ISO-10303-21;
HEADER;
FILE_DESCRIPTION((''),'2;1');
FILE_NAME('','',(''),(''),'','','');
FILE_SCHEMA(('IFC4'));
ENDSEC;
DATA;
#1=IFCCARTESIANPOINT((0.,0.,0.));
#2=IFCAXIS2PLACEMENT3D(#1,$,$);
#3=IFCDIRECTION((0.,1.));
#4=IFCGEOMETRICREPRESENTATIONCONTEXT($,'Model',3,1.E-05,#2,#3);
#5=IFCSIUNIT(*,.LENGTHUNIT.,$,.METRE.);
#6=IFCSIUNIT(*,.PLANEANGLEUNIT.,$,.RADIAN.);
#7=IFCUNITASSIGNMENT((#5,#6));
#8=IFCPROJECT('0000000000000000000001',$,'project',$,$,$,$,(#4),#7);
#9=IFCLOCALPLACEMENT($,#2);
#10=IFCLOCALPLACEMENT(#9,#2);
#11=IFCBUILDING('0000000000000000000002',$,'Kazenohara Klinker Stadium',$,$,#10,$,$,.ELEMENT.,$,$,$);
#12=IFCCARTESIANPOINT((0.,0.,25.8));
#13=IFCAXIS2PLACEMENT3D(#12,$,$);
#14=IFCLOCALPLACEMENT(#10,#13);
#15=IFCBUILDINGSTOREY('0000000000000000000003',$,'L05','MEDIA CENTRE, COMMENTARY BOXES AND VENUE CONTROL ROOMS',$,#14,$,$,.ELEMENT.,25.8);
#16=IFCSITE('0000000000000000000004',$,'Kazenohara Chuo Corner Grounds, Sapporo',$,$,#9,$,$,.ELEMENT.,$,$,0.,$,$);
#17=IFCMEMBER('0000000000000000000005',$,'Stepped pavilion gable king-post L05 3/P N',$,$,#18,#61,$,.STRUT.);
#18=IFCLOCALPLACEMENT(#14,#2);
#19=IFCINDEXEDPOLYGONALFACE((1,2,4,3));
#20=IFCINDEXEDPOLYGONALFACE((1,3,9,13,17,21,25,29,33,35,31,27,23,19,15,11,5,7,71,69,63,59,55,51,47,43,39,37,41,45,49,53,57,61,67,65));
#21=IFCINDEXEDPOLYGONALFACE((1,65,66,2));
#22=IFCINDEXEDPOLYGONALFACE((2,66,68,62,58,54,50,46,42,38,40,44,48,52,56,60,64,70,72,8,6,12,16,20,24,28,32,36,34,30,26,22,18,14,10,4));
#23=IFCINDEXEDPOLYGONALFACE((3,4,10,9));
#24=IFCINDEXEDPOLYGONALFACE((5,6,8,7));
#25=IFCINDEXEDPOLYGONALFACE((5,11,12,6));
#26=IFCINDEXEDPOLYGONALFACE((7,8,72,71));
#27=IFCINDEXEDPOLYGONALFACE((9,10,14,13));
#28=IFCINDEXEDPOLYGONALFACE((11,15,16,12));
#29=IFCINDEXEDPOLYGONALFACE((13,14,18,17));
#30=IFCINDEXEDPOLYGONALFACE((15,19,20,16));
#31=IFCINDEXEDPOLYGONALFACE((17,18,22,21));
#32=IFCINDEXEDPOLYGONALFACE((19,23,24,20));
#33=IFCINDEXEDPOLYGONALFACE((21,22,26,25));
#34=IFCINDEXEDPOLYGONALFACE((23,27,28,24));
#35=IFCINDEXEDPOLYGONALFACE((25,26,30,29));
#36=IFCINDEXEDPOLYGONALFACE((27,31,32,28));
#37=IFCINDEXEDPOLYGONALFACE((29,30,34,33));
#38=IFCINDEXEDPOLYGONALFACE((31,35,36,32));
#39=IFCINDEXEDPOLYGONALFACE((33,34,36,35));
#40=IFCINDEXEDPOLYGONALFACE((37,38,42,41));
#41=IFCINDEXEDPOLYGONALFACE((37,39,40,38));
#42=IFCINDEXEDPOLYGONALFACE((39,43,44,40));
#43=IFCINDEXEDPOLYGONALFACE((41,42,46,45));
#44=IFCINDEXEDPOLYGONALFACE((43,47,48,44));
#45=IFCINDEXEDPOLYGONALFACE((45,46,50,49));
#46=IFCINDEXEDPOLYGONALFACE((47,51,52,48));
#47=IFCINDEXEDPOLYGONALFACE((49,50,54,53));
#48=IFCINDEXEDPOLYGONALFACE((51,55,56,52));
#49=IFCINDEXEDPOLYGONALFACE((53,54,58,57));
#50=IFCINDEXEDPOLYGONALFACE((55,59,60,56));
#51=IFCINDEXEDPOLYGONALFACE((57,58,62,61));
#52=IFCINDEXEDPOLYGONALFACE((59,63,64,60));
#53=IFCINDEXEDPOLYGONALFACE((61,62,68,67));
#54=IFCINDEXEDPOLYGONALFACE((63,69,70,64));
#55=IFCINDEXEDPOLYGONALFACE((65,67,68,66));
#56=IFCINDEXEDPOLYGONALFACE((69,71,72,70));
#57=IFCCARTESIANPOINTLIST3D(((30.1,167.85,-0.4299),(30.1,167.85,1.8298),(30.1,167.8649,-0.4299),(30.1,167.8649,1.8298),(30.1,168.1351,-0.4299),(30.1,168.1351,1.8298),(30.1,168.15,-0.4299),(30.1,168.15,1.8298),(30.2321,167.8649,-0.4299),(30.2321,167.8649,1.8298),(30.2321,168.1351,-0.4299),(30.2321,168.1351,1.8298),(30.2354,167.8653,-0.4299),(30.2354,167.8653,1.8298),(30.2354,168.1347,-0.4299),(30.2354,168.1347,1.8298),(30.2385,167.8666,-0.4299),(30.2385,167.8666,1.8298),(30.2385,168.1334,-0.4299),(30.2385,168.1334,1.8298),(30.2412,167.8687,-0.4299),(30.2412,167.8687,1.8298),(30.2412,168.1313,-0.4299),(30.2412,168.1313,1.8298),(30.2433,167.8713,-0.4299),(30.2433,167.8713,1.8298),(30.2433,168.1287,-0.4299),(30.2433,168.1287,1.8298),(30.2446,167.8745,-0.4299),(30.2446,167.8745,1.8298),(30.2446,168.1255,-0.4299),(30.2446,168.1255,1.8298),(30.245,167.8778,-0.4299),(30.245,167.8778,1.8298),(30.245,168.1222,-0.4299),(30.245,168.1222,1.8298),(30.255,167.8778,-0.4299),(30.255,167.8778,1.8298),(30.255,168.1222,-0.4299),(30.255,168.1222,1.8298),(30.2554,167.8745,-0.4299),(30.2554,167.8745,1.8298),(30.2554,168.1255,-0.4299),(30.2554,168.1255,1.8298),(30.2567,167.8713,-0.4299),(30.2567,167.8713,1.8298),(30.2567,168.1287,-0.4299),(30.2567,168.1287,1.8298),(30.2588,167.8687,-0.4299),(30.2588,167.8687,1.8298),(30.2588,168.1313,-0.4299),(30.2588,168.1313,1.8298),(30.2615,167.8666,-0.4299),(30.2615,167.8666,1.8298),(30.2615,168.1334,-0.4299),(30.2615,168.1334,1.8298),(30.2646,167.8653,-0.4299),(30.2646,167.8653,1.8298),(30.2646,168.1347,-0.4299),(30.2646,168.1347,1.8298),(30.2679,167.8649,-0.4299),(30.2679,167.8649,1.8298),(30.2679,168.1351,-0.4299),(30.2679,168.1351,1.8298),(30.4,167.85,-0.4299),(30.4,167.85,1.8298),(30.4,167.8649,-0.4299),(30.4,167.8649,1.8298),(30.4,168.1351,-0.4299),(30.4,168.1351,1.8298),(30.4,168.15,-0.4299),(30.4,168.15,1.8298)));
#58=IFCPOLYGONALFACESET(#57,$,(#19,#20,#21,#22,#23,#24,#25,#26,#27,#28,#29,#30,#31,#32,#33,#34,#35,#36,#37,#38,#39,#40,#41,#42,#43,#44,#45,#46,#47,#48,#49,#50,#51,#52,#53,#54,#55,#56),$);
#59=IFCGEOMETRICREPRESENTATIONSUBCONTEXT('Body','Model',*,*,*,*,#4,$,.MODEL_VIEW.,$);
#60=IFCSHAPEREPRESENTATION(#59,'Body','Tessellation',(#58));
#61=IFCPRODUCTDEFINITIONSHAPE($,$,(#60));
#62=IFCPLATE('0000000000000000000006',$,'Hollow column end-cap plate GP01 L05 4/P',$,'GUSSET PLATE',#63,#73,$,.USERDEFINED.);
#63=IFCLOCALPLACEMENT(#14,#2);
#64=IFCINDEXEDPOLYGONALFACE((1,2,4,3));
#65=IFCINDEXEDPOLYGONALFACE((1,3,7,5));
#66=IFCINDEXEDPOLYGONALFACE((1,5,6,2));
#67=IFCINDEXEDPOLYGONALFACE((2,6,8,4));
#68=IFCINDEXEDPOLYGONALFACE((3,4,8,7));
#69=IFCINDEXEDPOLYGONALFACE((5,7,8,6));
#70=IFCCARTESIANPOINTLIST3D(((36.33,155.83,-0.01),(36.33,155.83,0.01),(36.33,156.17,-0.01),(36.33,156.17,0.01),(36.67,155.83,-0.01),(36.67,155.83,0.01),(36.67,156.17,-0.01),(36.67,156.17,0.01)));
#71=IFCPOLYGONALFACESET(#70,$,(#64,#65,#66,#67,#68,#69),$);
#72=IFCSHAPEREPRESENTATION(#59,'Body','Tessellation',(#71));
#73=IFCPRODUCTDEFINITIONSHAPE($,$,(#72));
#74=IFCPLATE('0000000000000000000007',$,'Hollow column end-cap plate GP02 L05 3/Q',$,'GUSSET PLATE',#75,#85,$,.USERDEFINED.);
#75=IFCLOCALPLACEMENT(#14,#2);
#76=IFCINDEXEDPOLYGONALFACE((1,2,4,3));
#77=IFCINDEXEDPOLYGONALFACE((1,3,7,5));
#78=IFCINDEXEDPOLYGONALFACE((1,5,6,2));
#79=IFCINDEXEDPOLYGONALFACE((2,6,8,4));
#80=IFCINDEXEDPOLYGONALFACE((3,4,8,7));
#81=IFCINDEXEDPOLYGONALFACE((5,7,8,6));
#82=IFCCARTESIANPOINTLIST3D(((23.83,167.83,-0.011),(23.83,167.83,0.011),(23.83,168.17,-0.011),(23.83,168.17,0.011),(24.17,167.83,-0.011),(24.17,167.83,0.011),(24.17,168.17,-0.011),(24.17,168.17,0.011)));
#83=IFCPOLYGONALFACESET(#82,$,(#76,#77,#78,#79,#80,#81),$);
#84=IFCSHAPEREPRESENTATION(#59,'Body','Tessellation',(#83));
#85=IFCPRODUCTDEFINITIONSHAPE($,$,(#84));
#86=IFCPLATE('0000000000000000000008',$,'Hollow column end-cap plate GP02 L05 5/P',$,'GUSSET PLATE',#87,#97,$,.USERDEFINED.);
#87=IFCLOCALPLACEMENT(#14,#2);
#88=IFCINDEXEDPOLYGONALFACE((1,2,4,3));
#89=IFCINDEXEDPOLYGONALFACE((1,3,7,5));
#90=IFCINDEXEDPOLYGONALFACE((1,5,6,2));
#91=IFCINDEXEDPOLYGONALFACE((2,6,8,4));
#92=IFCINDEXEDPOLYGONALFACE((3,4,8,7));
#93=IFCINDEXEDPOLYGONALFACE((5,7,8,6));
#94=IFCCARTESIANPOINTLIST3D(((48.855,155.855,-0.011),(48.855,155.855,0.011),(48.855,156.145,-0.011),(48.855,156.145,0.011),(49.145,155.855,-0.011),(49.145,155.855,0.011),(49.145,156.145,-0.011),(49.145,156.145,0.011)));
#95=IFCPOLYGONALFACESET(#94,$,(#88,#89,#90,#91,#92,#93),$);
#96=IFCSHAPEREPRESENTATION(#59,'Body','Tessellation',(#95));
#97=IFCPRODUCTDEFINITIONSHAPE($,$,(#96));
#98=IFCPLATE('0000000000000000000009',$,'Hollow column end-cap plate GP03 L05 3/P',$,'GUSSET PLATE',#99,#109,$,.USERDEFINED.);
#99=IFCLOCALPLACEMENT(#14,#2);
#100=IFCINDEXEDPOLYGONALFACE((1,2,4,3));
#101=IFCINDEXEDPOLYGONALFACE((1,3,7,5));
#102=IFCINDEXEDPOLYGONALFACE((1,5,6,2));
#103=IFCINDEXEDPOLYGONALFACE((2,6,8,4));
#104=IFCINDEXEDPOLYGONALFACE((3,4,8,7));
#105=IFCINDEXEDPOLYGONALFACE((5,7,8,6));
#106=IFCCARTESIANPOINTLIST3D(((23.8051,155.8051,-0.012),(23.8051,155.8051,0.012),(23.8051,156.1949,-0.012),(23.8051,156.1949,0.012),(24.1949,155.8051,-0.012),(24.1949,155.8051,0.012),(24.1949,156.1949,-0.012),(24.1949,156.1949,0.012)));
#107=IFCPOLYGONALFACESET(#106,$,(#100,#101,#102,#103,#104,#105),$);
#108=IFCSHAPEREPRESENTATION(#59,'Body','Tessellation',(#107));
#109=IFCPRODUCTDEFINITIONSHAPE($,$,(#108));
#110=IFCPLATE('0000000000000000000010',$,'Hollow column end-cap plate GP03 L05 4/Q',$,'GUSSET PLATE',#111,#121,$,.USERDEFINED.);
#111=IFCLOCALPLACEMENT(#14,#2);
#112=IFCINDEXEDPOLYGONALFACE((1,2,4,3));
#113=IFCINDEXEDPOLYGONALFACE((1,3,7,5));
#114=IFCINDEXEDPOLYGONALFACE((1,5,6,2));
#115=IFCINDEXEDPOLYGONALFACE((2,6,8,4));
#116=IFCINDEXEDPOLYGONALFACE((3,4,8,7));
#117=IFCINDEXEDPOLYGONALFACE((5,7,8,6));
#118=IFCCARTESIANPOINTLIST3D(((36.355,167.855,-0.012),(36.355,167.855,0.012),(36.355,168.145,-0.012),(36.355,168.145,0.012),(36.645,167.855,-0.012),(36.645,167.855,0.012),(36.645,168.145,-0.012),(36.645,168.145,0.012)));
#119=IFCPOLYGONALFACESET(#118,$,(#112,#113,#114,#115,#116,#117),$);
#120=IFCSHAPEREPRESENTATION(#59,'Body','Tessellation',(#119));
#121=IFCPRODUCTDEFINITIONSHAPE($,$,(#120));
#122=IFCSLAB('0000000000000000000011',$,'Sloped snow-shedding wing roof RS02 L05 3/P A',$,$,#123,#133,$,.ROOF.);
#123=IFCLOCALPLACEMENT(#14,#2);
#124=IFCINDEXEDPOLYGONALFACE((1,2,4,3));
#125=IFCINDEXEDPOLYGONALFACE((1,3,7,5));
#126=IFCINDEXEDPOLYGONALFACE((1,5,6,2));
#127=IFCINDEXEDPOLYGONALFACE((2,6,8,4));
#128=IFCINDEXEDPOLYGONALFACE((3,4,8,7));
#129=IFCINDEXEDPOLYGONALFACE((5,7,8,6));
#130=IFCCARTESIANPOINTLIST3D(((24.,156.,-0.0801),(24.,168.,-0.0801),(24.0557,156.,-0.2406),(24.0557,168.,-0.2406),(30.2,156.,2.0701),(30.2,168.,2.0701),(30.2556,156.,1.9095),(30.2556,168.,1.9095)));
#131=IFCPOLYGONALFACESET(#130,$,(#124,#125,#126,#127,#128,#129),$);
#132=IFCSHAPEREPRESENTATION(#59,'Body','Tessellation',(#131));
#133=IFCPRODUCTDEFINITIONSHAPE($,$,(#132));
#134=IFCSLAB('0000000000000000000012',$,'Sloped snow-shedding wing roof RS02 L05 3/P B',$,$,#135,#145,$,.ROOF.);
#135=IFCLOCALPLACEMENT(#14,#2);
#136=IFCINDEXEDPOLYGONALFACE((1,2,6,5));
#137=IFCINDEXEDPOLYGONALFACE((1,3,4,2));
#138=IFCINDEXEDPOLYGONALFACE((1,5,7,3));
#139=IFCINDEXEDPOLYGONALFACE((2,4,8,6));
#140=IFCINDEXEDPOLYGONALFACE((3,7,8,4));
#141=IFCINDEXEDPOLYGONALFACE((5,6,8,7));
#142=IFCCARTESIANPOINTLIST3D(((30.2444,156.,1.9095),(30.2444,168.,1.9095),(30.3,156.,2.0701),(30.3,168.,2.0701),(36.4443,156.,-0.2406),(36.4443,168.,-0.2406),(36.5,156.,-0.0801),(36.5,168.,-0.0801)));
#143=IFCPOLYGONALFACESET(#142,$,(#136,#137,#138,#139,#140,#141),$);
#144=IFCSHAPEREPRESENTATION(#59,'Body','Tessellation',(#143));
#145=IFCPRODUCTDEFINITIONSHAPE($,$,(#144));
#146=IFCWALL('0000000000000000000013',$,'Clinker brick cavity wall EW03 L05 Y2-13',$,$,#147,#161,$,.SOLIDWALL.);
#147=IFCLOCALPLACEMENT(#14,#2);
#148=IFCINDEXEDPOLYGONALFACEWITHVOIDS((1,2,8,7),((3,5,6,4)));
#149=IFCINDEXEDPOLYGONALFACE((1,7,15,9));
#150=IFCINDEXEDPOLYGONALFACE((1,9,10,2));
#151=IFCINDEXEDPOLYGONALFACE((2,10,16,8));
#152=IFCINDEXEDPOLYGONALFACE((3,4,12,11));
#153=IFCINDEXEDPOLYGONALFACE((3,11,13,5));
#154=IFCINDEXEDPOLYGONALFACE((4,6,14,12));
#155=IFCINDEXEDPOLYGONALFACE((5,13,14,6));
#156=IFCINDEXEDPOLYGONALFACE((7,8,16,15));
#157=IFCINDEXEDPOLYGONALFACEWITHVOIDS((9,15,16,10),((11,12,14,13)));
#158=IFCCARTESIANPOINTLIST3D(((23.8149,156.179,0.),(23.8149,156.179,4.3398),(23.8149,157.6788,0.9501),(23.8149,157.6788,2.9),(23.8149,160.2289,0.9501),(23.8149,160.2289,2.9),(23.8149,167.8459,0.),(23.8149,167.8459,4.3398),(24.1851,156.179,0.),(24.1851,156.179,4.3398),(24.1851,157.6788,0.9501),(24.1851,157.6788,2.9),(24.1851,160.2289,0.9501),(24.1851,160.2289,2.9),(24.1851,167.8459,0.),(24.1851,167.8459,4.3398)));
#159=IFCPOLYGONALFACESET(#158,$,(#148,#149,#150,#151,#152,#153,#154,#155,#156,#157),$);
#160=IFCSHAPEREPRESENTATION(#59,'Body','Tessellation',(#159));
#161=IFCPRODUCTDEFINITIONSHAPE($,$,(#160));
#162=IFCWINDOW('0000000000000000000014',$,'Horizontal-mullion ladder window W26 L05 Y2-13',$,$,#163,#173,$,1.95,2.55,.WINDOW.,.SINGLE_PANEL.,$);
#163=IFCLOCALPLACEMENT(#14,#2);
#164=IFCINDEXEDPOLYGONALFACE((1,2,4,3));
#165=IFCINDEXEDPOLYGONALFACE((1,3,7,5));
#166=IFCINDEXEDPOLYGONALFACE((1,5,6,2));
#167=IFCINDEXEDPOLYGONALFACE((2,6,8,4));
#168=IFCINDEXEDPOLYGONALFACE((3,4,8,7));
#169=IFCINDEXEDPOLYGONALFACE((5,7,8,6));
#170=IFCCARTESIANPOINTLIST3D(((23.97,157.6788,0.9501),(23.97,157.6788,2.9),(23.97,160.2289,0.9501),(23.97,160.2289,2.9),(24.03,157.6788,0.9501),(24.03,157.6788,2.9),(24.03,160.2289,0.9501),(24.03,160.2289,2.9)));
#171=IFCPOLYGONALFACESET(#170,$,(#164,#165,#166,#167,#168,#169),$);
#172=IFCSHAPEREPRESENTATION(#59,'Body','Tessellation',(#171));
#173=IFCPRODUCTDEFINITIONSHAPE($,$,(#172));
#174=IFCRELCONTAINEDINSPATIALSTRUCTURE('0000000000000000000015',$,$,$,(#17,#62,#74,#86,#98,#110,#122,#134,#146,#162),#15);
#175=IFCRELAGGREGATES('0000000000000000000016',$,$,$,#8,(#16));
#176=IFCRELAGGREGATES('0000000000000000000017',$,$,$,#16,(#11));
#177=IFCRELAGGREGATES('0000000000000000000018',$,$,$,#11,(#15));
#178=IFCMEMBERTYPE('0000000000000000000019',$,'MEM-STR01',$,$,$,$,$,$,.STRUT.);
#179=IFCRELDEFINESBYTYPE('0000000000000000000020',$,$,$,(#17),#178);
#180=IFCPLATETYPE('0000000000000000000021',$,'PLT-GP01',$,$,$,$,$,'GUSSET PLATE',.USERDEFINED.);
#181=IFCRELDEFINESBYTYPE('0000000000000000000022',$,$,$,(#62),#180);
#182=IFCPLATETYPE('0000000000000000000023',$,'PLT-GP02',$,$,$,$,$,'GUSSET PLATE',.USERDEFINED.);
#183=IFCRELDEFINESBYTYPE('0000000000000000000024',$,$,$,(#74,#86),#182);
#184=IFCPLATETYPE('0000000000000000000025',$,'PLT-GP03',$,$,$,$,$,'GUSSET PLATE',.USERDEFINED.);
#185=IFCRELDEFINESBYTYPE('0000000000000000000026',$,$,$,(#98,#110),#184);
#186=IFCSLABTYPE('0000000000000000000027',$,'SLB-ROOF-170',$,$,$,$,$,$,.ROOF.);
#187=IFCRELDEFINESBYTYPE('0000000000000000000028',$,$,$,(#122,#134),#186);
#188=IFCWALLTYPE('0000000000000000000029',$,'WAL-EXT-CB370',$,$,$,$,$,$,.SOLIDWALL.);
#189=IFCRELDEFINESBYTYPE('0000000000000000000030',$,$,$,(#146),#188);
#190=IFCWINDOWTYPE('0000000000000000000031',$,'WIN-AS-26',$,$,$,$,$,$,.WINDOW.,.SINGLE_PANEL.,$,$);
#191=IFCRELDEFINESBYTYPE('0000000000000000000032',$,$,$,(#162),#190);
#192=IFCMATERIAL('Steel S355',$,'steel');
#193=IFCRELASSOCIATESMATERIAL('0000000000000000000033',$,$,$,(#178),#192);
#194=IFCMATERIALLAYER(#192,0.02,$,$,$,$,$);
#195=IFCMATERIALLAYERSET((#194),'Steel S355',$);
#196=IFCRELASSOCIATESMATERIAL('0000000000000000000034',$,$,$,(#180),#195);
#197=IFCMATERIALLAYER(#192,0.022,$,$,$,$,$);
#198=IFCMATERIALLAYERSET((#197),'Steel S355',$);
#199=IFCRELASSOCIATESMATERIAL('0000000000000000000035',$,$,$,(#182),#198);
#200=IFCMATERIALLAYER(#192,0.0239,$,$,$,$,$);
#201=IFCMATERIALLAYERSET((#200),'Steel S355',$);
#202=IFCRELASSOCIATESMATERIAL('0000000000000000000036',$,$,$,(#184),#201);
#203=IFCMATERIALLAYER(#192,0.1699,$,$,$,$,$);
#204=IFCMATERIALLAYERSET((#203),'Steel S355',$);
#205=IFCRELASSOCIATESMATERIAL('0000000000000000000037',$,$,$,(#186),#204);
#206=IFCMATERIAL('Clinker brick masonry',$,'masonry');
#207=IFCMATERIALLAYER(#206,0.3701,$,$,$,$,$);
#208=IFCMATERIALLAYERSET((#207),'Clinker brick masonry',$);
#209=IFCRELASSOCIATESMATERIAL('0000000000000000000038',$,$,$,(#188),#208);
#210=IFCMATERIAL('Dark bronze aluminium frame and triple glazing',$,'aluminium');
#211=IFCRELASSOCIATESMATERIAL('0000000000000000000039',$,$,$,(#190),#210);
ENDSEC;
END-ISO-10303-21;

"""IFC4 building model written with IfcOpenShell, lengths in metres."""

from ifc_helpers import new_model, si_unit, direction, frame, frame_2d, origin, origin_2d, place, context, subcontext, project, spatial, polyline, rectangle, i_section, outline, extrude, material, layer, layer_set, material_profile, profile_set, type_object, element, fill, save


model = new_model("IFC4")

# Units and contexts
model_context = context("Model", 3, precision=1e-05, world=origin(), true_north=direction((0.0, 1.0)))
body_context = subcontext(model_context, "Body", "Model", "MODEL_VIEW")
ifc_project = project(units=[si_unit("LENGTHUNIT", "METRE"), si_unit("PLANEANGLEUNIT", "RADIAN")], contexts=[model_context])

# Site, building, storey
site_placement = place(None, origin())
site = spatial("IfcSite", under=ifc_project, at=site_placement, Name="Kazenohara Chuo Corner Grounds, Sapporo", CompositionType="ELEMENT", RefElevation=0.0)
building_placement = place(site_placement, origin())
building = spatial("IfcBuilding", under=site, at=building_placement, Name="Kazenohara Klinker Stadium", CompositionType="ELEMENT")
storey_placement = place(building_placement, frame((0.0, 0.0, 25.8)))
storey = spatial("IfcBuildingStorey", under=building, at=storey_placement, Name="L05", Description="MEDIA CENTRE, COMMENTARY BOXES AND VENUE CONTROL ROOMS", CompositionType="ELEMENT", Elevation=25.8)

# Shared definitions
ifc_material_1 = material(Name="Steel S355", Category="steel")

# Member
ifc_material_profile_1 = material_profile(ifc_material_1, i_section(OverallWidth=0.3, OverallDepth=0.3, WebThickness=0.01, FlangeThickness=0.0149, FilletRadius=0.0129, at=origin_2d()), Name="H-300x300x10x15")
ifc_profile_set_1 = profile_set([ifc_material_profile_1], Name="Steel S355")
member_type_1 = type_object("IfcMemberType", Name="MEM-STR01", PredefinedType="STRUT", material=ifc_profile_set_1)
member_1_placement = place(storey_placement, frame((30.25, 168.0, -0.4299), z_axis=(0.0, 0.0, 1.0), x_axis=(1.0, 0.0, 0.0)))
element("IfcMember", 1, at=member_1_placement, inside=storey, type_object=member_type_1, Name="Stepped pavilion gable king-post L05 3/P N", PredefinedType="STRUT", context=body_context, shape_type="SweptSolid", body=[
    extrude(i_section(OverallWidth=0.3, OverallDepth=0.3, WebThickness=0.01, FlangeThickness=0.0149, FilletRadius=0.0129, at=origin_2d()), origin(), (0.0, 0.0, 1.0), 2.2598),
])

# Plates
ifc_layer_1 = layer(ifc_material_1, 0.02)
ifc_layer_set_1 = layer_set([ifc_layer_1], Name="Steel S355")
plate_type_1 = type_object("IfcPlateType", Name="PLT-GP01", ElementType="GUSSET PLATE", PredefinedType="USERDEFINED", material=ifc_layer_set_1)
plate_1_placement = place(storey_placement, frame((36.5, 156.0, -0.01), z_axis=(0.0, 0.0, 1.0), x_axis=(1.0, 0.0, 0.0)))
element("IfcPlate", 2, at=plate_1_placement, inside=storey, type_object=plate_type_1, Name="Hollow column end-cap plate GP01 L05 4/P", ObjectType="GUSSET PLATE", PredefinedType="USERDEFINED", context=body_context, shape_type="SweptSolid", body=[
    extrude(rectangle(XDim=0.3401, YDim=0.3401, at=origin_2d()), origin(), (0.0, 0.0, 1.0), 0.02),
])
ifc_layer_2 = layer(ifc_material_1, 0.022)
ifc_layer_set_2 = layer_set([ifc_layer_2], Name="Steel S355")
plate_type_2 = type_object("IfcPlateType", Name="PLT-GP02", ElementType="GUSSET PLATE", PredefinedType="USERDEFINED", material=ifc_layer_set_2)
plate_2_placement = place(storey_placement, frame((24.0, 168.0, -0.011), z_axis=(0.0, 0.0, 1.0), x_axis=(1.0, 0.0, 0.0)))
element("IfcPlate", 3, at=plate_2_placement, inside=storey, type_object=plate_type_2, Name="Hollow column end-cap plate GP02 L05 3/Q", ObjectType="GUSSET PLATE", PredefinedType="USERDEFINED", context=body_context, shape_type="SweptSolid", body=[
    extrude(rectangle(XDim=0.3401, YDim=0.3401, at=origin_2d()), origin(), (0.0, 0.0, 1.0), 0.022),
])
plate_3_placement = place(storey_placement, frame((49.0, 156.0, -0.011), z_axis=(0.0, 0.0, 1.0), x_axis=(1.0, 0.0, 0.0)))
element("IfcPlate", 4, at=plate_3_placement, inside=storey, type_object=plate_type_2, Name="Hollow column end-cap plate GP02 L05 5/P", ObjectType="GUSSET PLATE", PredefinedType="USERDEFINED", context=body_context, shape_type="SweptSolid", body=[
    extrude(rectangle(XDim=0.29, YDim=0.29, at=origin_2d()), origin(), (0.0, 0.0, 1.0), 0.022),
])
ifc_layer_3 = layer(ifc_material_1, 0.0239)
ifc_layer_set_3 = layer_set([ifc_layer_3], Name="Steel S355")
plate_type_3 = type_object("IfcPlateType", Name="PLT-GP03", ElementType="GUSSET PLATE", PredefinedType="USERDEFINED", material=ifc_layer_set_3)
plate_4_placement = place(storey_placement, frame((24.0, 156.0, -0.012), z_axis=(0.0, 0.0, 1.0), x_axis=(1.0, 0.0, 0.0)))
element("IfcPlate", 5, at=plate_4_placement, inside=storey, type_object=plate_type_3, Name="Hollow column end-cap plate GP03 L05 3/P", ObjectType="GUSSET PLATE", PredefinedType="USERDEFINED", context=body_context, shape_type="SweptSolid", body=[
    extrude(rectangle(XDim=0.3899, YDim=0.3899, at=origin_2d()), origin(), (0.0, 0.0, 1.0), 0.0239),
])
plate_5_placement = place(storey_placement, frame((36.5, 168.0, -0.012), z_axis=(0.0, 0.0, 1.0), x_axis=(1.0, 0.0, 0.0)))
element("IfcPlate", 6, at=plate_5_placement, inside=storey, type_object=plate_type_3, Name="Hollow column end-cap plate GP03 L05 4/Q", ObjectType="GUSSET PLATE", PredefinedType="USERDEFINED", context=body_context, shape_type="SweptSolid", body=[
    extrude(rectangle(XDim=0.29, YDim=0.29, at=origin_2d()), origin(), (0.0, 0.0, 1.0), 0.0239),
])

# Slabs
ifc_layer_4 = layer(ifc_material_1, 0.1699)
ifc_layer_set_4 = layer_set([ifc_layer_4], Name="Steel S355")
slab_type = type_object("IfcSlabType", Name="SLB-ROOF-170", PredefinedType="ROOF", material=ifc_layer_set_4)
for number, where, z_axis, x_axis, name in (
    (7, (24.0, 156.0, -0.0801), (-0.327656, 0.0, 0.944797), (0.944797, 0.0, 0.327656), "Sloped snow-shedding wing roof RS02 L05 3/P A"),
    (8, (30.3, 156.0, 2.0701), (0.327656, 0.0, 0.944797), (0.944797, 0.0, -0.327656), "Sloped snow-shedding wing roof RS02 L05 3/P B"),
):
    element("IfcSlab", number, at=place(storey_placement, frame(where, z_axis=z_axis, x_axis=x_axis)), inside=storey, type_object=slab_type, Name=name, PredefinedType="ROOF", context=body_context, shape_type="SweptSolid", body=[
        extrude(outline(polyline([(0.0, 0.0), (6.5622, 0.0), (6.5622, 12.0), (0.0, 12.0), (0.0, 0.0)])), origin(), (0.0, 0.0, -1.0), 0.1699),
    ])

# Wall, opening, window
ifc_material_2 = material(Name="Clinker brick masonry", Category="masonry")
ifc_layer_5 = layer(ifc_material_2, 0.3701)
ifc_layer_set_5 = layer_set([ifc_layer_5], Name="Clinker brick masonry")
wall_type_1 = type_object("IfcWallType", Name="WAL-EXT-CB370", PredefinedType="SOLIDWALL", material=ifc_layer_set_5)
wall_1_placement = place(storey_placement, frame((24.0, 156.179, 0.0), z_axis=(0.0, 0.0, 1.0), x_axis=(0.0, 1.0, 0.0)))
wall_1 = element("IfcWall", 9, at=wall_1_placement, inside=storey, type_object=wall_type_1, Name="Clinker brick cavity wall EW03 L05 Y2-13", PredefinedType="SOLIDWALL", context=body_context, shape_type="SweptSolid", body=[
    extrude(rectangle(XDim=11.667, YDim=0.3701, at=frame_2d((5.8335, 0.0))), origin(), (0.0, 0.0, 1.0), 4.3398),
])
opening_1_placement = place(wall_1_placement, frame((1.5, 0.0, 0.95)))
opening_1 = element("IfcOpeningElement", 10, at=opening_1_placement, cuts=wall_1, PredefinedType="OPENING", context=body_context, shape_type="SweptSolid", body=[
    extrude(rectangle(XDim=2.55, YDim=1.95, at=frame_2d((1.2749, 0.9751))), frame((0.0, 0.1951, 0.0), z_axis=(0.0, -1.0, 0.0), x_axis=(1.0, 0.0, 0.0)), (0.0, 0.0, 1.0), 0.3901),
])
ifc_material_3 = material(Name="Dark bronze aluminium frame and triple glazing", Category="aluminium")
window_type_1 = type_object("IfcWindowType", Name="WIN-AS-26", PartitioningType="SINGLE_PANEL", PredefinedType="WINDOW", material=ifc_material_3)
window_1_placement = place(opening_1_placement, origin())
window_1 = element("IfcWindow", 11, at=window_1_placement, inside=storey, type_object=window_type_1, Name="Horizontal-mullion ladder window W26 L05 Y2-13", OverallHeight=1.95, OverallWidth=2.55, PartitioningType="SINGLE_PANEL", PredefinedType="WINDOW", context=body_context, shape_type="SweptSolid", body=[
    extrude(rectangle(XDim=2.55, YDim=1.95, at=frame_2d((1.2749, 0.9751))), frame((0.0, 0.03, 0.0), z_axis=(0.0, -1.0, 0.0), x_axis=(1.0, 0.0, 0.0)), (0.0, 0.0, 1.0), 0.0601),
])
fill(opening_1, window_1)

save(model, "model.ifc")
